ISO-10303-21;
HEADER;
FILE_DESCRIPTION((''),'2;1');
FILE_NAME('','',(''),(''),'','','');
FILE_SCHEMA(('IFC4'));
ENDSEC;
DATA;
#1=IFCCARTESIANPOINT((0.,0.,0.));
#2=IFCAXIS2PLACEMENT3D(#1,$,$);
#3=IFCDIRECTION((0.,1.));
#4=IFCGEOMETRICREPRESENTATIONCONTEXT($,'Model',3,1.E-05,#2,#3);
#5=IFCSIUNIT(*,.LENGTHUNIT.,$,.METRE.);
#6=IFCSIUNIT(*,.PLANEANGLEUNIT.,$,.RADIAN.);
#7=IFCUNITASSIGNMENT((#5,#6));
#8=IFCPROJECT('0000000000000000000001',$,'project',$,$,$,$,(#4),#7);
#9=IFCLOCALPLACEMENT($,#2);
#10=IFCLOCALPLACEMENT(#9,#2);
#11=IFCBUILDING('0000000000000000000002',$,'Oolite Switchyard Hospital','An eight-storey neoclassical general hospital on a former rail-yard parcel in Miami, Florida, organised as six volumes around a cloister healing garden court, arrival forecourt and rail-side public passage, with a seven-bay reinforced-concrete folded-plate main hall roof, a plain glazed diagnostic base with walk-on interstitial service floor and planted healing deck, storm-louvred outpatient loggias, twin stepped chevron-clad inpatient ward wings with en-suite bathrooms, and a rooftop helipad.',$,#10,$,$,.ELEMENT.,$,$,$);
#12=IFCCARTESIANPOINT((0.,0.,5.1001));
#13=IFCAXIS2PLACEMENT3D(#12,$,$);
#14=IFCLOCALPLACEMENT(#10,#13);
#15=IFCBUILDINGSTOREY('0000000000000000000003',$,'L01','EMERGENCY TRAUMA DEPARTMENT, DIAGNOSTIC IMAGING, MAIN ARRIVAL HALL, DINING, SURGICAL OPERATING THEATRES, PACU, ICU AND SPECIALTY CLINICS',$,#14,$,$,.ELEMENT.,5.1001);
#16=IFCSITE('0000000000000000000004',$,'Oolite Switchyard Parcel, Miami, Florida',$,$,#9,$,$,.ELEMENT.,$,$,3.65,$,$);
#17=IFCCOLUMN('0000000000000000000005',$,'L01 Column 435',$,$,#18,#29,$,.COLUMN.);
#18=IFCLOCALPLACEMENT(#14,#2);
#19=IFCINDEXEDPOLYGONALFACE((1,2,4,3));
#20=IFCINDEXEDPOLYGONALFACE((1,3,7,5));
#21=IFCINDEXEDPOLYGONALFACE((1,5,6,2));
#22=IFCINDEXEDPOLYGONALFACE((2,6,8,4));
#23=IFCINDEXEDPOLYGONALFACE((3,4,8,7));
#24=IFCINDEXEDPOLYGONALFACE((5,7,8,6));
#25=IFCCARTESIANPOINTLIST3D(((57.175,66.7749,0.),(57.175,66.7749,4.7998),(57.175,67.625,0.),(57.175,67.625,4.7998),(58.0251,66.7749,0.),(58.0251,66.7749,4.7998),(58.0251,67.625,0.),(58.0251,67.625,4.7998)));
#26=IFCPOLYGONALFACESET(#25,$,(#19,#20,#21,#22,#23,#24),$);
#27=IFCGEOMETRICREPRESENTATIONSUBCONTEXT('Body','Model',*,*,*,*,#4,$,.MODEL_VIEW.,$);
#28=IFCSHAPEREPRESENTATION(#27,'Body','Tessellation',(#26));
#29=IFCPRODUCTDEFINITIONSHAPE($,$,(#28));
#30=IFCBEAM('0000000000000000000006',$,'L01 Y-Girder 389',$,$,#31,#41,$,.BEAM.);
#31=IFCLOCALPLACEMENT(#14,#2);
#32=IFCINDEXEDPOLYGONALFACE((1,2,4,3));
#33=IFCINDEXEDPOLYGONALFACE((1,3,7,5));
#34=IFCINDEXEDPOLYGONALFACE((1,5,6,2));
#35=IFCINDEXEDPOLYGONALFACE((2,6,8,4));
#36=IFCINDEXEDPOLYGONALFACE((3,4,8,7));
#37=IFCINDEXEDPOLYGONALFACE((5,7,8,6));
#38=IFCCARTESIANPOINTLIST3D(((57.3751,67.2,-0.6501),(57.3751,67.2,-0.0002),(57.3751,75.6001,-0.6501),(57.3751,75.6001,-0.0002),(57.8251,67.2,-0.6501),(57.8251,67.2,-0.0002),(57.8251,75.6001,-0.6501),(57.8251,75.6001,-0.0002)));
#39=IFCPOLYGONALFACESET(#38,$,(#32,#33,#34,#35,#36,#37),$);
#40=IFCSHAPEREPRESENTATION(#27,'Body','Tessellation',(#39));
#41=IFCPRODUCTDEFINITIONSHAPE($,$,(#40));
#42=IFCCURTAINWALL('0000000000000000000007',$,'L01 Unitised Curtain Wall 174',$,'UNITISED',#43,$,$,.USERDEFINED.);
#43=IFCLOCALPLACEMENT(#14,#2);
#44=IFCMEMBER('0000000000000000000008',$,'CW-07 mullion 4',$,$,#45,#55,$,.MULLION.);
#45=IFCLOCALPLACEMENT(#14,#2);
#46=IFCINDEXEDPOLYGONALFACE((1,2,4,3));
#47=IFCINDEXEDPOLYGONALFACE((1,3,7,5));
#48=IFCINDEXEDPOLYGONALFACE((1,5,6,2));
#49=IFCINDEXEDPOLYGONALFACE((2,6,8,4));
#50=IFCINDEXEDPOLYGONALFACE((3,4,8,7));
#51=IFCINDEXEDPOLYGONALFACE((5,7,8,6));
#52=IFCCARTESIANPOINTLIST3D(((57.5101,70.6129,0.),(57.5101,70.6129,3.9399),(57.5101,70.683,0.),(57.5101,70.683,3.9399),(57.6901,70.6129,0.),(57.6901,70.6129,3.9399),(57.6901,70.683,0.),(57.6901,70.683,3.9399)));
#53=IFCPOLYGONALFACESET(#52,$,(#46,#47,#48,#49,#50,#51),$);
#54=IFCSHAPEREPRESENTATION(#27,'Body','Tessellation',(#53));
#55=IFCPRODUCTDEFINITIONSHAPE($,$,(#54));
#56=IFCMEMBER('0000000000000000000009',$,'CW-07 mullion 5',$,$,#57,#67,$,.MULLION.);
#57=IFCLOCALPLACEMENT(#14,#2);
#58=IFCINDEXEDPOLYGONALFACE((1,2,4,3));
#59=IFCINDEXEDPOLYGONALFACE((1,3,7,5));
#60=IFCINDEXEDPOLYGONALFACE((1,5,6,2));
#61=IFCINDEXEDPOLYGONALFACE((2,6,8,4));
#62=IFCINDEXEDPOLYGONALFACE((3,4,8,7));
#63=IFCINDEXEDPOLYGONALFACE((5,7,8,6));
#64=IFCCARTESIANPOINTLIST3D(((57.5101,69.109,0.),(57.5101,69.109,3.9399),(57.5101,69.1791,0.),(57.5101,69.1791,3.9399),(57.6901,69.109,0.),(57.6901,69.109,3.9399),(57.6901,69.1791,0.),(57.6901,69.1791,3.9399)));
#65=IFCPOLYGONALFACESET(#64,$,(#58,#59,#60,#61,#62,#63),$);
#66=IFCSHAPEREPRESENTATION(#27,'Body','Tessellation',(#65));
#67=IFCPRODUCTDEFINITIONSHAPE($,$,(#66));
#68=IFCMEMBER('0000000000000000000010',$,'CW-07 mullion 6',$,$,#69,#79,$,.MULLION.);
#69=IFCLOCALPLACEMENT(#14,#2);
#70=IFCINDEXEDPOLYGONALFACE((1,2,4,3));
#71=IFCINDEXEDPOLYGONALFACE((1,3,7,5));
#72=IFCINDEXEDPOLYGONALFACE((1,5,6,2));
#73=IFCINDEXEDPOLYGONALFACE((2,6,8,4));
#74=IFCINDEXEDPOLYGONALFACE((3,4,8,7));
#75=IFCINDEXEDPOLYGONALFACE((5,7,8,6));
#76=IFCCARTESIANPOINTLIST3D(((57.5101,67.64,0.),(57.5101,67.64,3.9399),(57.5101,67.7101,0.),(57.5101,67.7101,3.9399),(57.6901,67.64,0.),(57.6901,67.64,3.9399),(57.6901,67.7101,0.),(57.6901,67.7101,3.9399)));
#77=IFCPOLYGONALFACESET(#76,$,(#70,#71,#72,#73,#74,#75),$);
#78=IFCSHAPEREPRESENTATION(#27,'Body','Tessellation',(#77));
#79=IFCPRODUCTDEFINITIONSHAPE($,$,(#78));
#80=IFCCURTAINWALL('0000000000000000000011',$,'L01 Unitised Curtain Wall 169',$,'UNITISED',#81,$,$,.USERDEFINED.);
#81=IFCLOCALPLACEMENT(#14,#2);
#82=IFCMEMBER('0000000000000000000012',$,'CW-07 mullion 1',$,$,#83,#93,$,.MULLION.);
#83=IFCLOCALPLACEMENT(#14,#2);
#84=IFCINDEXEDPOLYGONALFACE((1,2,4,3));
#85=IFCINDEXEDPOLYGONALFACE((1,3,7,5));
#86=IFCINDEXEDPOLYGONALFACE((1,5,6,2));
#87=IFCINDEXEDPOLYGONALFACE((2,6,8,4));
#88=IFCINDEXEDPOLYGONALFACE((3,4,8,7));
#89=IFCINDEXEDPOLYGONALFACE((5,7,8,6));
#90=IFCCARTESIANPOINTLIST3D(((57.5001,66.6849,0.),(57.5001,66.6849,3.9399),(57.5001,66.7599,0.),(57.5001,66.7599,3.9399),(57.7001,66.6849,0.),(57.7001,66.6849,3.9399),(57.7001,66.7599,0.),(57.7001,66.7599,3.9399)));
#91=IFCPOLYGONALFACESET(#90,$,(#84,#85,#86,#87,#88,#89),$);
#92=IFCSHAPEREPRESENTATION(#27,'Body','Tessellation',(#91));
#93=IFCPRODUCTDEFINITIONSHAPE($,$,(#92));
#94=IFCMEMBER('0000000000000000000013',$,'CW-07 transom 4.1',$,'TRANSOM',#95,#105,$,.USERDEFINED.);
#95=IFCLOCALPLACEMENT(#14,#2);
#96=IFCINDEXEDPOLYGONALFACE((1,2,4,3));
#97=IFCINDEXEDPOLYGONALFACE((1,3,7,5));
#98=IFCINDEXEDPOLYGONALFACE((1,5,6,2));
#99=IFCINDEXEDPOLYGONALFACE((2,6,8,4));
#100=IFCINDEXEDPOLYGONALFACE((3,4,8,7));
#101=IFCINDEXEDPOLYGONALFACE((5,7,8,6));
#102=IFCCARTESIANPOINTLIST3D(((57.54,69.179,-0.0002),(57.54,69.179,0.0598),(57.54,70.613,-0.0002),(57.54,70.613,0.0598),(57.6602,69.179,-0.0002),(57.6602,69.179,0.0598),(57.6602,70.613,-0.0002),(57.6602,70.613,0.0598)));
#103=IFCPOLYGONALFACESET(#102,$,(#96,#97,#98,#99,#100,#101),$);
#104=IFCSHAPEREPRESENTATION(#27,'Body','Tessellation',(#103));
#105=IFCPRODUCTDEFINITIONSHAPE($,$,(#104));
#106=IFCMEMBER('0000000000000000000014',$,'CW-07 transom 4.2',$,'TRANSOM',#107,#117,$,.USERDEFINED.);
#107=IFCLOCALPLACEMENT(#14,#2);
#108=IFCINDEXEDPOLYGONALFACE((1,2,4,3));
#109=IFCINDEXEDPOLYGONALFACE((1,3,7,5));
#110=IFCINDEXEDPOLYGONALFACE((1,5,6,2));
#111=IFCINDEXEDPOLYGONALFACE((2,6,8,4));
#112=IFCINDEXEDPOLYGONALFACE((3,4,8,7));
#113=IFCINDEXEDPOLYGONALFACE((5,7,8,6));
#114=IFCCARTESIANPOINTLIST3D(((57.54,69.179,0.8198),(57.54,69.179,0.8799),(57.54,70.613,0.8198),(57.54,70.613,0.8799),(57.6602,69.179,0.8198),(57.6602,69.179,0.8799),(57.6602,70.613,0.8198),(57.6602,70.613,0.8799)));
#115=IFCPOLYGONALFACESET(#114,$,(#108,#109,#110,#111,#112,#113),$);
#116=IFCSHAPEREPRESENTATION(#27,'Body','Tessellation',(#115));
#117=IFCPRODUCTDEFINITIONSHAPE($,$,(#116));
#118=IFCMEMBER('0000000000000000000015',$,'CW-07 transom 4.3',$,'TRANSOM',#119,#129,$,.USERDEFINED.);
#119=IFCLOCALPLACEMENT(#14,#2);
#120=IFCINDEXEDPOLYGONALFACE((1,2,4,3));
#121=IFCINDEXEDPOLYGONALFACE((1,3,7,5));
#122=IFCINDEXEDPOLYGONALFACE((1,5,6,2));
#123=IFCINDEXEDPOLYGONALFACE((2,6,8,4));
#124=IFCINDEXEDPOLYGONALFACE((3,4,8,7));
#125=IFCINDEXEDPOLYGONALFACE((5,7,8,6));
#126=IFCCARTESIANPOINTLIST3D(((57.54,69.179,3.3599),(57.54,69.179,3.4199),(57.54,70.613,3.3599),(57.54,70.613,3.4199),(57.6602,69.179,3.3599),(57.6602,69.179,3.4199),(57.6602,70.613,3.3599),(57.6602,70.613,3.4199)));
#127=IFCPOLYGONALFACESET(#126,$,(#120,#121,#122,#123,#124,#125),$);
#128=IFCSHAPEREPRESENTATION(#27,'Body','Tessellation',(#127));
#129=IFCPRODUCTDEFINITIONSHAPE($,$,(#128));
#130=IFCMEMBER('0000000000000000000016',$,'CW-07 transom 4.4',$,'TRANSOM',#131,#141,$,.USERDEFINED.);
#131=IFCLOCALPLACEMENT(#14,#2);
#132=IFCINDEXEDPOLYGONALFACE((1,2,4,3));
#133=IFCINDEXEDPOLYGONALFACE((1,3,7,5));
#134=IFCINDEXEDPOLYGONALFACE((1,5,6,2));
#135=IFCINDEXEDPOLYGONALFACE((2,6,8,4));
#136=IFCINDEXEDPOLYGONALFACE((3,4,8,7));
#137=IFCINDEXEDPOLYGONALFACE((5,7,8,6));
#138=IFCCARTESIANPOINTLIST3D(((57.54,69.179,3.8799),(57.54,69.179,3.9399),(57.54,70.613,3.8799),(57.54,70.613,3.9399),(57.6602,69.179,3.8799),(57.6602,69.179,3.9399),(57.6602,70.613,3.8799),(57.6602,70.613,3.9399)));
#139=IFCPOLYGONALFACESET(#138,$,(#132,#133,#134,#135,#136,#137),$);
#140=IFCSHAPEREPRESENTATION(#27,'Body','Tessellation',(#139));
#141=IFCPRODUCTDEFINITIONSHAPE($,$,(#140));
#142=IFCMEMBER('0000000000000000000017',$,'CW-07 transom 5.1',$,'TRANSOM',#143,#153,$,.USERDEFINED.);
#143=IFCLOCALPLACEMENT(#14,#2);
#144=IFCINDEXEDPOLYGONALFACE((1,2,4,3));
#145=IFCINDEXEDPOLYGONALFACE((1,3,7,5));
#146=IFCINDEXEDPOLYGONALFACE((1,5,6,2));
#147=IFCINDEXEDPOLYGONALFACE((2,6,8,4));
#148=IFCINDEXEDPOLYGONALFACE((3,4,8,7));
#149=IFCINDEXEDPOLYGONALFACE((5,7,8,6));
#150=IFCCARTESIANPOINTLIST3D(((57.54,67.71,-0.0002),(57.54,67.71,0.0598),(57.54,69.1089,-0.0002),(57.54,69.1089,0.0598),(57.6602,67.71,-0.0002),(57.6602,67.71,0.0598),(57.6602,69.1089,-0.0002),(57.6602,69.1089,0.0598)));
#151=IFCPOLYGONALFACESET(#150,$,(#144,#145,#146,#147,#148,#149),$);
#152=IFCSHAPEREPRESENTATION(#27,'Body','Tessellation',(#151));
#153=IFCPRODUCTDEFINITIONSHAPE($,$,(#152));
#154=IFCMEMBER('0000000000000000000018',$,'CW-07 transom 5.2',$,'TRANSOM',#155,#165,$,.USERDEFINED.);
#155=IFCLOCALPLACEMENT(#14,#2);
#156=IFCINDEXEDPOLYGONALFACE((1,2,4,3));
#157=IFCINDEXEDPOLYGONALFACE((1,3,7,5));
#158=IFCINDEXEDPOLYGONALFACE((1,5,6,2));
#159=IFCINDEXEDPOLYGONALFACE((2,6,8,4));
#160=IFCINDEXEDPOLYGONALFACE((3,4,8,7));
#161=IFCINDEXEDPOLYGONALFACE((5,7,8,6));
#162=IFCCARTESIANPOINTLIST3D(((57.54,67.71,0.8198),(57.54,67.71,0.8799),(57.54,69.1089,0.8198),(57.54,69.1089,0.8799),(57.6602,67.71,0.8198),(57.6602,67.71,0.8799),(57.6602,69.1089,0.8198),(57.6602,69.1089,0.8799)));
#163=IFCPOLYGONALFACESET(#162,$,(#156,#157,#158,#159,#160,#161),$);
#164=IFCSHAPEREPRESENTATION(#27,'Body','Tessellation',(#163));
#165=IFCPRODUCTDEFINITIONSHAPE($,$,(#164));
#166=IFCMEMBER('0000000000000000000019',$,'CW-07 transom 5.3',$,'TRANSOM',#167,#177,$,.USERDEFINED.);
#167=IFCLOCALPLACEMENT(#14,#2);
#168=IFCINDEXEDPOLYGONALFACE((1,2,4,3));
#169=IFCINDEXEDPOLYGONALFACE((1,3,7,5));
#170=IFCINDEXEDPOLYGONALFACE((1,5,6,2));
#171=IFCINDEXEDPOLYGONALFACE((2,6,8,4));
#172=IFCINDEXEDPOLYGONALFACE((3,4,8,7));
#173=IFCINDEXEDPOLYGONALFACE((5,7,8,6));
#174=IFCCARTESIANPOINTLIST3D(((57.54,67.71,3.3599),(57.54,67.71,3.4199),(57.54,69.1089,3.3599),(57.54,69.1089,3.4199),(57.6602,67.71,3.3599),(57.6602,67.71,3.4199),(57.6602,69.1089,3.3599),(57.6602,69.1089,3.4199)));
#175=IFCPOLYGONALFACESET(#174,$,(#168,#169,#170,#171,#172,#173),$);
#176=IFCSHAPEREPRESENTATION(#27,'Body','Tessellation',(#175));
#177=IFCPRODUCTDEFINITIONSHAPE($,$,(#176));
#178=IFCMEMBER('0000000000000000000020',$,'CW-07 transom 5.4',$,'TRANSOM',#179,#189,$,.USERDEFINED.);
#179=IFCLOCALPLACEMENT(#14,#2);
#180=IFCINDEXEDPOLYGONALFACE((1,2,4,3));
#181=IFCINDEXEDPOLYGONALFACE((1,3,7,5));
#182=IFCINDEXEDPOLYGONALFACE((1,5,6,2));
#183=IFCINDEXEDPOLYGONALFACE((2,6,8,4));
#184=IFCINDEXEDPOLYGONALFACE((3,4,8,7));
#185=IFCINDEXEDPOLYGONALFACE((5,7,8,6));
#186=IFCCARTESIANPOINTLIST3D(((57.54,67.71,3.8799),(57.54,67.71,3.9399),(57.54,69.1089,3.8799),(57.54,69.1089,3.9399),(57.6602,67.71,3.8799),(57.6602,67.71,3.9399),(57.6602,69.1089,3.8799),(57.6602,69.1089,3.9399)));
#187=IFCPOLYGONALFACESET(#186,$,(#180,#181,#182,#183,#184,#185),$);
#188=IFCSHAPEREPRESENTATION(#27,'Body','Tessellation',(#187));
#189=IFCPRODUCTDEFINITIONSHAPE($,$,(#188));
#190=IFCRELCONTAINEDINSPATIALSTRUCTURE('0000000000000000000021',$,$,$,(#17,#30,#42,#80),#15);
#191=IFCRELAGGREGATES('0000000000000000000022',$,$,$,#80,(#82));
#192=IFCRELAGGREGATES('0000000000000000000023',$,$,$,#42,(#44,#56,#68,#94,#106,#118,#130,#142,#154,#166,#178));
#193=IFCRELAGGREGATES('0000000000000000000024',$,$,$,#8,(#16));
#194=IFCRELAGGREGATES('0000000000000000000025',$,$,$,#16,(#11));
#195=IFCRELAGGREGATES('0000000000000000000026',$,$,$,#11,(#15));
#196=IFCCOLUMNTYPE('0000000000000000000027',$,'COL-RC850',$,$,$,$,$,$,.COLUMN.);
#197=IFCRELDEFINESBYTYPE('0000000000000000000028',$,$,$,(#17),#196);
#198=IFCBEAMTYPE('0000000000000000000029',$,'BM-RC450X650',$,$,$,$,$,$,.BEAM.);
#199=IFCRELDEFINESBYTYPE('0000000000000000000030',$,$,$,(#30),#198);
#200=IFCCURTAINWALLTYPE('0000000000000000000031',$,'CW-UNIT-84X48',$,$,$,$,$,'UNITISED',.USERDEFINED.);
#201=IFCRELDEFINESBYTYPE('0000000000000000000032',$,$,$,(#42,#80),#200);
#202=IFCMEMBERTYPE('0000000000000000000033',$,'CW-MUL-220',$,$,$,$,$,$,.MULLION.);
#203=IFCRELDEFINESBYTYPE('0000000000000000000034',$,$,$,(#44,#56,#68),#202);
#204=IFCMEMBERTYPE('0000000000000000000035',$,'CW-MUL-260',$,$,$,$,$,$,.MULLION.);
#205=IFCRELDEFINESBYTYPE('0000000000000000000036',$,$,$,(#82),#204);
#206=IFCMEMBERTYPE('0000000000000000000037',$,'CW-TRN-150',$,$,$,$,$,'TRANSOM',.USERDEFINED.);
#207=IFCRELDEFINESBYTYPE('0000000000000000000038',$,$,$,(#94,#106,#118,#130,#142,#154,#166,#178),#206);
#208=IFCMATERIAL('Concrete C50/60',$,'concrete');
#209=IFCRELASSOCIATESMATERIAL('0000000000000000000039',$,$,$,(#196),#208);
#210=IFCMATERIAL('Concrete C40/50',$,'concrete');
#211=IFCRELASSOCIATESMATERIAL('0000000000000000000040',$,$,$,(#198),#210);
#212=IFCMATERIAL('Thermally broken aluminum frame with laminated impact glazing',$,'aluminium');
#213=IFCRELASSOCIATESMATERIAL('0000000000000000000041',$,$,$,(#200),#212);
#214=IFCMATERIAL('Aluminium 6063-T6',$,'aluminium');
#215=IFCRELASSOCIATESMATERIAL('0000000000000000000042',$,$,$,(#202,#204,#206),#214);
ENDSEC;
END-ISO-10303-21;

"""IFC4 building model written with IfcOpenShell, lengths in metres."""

from ifc_helpers import new_model, si_unit, direction, frame, origin, origin_2d, place, context, subcontext, project, spatial, rectangle, extrude, material, material_profile, profile_set, type_object, element, aggregate, save


model = new_model("IFC4")

# Units and contexts
model_context = context("Model", 3, precision=1e-05, world=origin(), true_north=direction((0.0, 1.0)))
body_context = subcontext(model_context, "Body", "Model", "MODEL_VIEW")
ifc_project = project(units=[si_unit("LENGTHUNIT", "METRE"), si_unit("PLANEANGLEUNIT", "RADIAN")], contexts=[model_context])

# Site, building, storey
site_placement = place(None, origin())
site = spatial("IfcSite", under=ifc_project, at=site_placement, Name="Oolite Switchyard Parcel, Miami, Florida", CompositionType="ELEMENT", RefElevation=3.65)
building_placement = place(site_placement, origin())
building = spatial("IfcBuilding", under=site, at=building_placement, Name="Oolite Switchyard Hospital", Description="An eight-storey neoclassical general hospital on a former rail-yard parcel in Miami, Florida, organised as six volumes around a cloister healing garden court, arrival forecourt and rail-side public passage, with a seven-bay reinforced-concrete folded-plate main hall roof, a plain glazed diagnostic base with walk-on interstitial service floor and planted healing deck, storm-louvred outpatient loggias, twin stepped chevron-clad inpatient ward wings with en-suite bathrooms, and a rooftop helipad.", CompositionType="ELEMENT")
storey_placement = place(building_placement, frame((0.0, 0.0, 5.1001)))
storey = spatial("IfcBuildingStorey", under=building, at=storey_placement, Name="L01", Description="EMERGENCY TRAUMA DEPARTMENT, DIAGNOSTIC IMAGING, MAIN ARRIVAL HALL, DINING, SURGICAL OPERATING THEATRES, PACU, ICU AND SPECIALTY CLINICS", CompositionType="ELEMENT", Elevation=5.1001)

# Column
ifc_material_1 = material(Name="Concrete C50/60", Category="concrete")
ifc_material_profile_1 = material_profile(ifc_material_1, rectangle(XDim=0.8501, YDim=0.8501, at=origin_2d()), Name="RC850X850")
ifc_profile_set_1 = profile_set([ifc_material_profile_1], Name="Concrete C50/60")
column_type = type_object("IfcColumnType", Name="COL-RC850", PredefinedType="COLUMN", material=ifc_profile_set_1)
column_placement = place(storey_placement, frame((57.6001, 67.2, 0.0), z_axis=(0.0, 0.0, 1.0), x_axis=(1.0, 0.0, 0.0)))
element("IfcColumn", 1, at=column_placement, inside=storey, type_object=column_type, Name="L01 Column 435", PredefinedType="COLUMN", context=body_context, shape_type="SweptSolid", body=[
    extrude(rectangle(XDim=0.8501, YDim=0.8501, at=origin_2d()), origin(), (0.0, 0.0, 1.0), 4.7998),
])

# Beam
ifc_material_2 = material(Name="Concrete C40/50", Category="concrete")
ifc_material_profile_2 = material_profile(ifc_material_2, rectangle(XDim=0.45, YDim=0.6499, at=origin_2d()), Name="RCB450X650")
ifc_profile_set_2 = profile_set([ifc_material_profile_2], Name="Concrete C40/50")
beam_type = type_object("IfcBeamType", Name="BM-RC450X650", PredefinedType="BEAM", material=ifc_profile_set_2)
beam_placement = place(storey_placement, frame((57.6001, 67.2, -0.3252), z_axis=(0.0, 1.0, 0.0), x_axis=(-1.0, 0.0, 0.0)))
element("IfcBeam", 2, at=beam_placement, inside=storey, type_object=beam_type, Name="L01 Y-Girder 389", PredefinedType="BEAM", context=body_context, shape_type="SweptSolid", body=[
    extrude(rectangle(XDim=0.45, YDim=0.6499, at=origin_2d()), origin(), (0.0, 0.0, 1.0), 8.4001),
])

# Curtain wall, members
ifc_material_3 = material(Name="Thermally broken aluminum frame with laminated impact glazing", Category="aluminium")
curtain_wall_type = type_object("IfcCurtainWallType", Name="CW-UNIT-84X48", ElementType="UNITISED", PredefinedType="USERDEFINED", material=ifc_material_3)
curtain_wall_1_placement = place(storey_placement, origin())
curtain_wall_1 = element("IfcCurtainWall", 3, at=curtain_wall_1_placement, inside=storey, type_object=curtain_wall_type, Name="L01 Unitised Curtain Wall 174", ObjectType="UNITISED", PredefinedType="USERDEFINED")
ifc_material_4 = material(Name="Aluminium 6063-T6", Category="aluminium")
ifc_material_profile_3 = material_profile(ifc_material_4, rectangle(XDim=0.1799, YDim=0.0701, at=origin_2d()), Name="CWM70X180")
ifc_profile_set_3 = profile_set([ifc_material_profile_3], Name="Aluminium 6063-T6")
member_type_1 = type_object("IfcMemberType", Name="CW-MUL-220", PredefinedType="MULLION", material=ifc_profile_set_3)
member_1_placement = place(storey_placement, frame((57.6001, 70.6479, 0.0), z_axis=(0.0, 0.0, 1.0), x_axis=(1.0, 0.0, 0.0)))
member_1 = element("IfcMember", 4, at=member_1_placement, type_object=member_type_1, Name="CW-07 mullion 4", PredefinedType="MULLION", context=body_context, shape_type="SweptSolid", body=[
    extrude(rectangle(XDim=0.1799, YDim=0.0701, at=origin_2d()), origin(), (0.0, 0.0, 1.0), 3.9399),
])
member_2_placement = place(storey_placement, frame((57.6001, 69.144, 0.0), z_axis=(0.0, 0.0, 1.0), x_axis=(1.0, 0.0, 0.0)))
member_2 = element("IfcMember", 5, at=member_2_placement, type_object=member_type_1, Name="CW-07 mullion 5", PredefinedType="MULLION", context=body_context, shape_type="SweptSolid", body=[
    extrude(rectangle(XDim=0.1799, YDim=0.0701, at=origin_2d()), origin(), (0.0, 0.0, 1.0), 3.9399),
])
member_3_placement = place(storey_placement, frame((57.6001, 67.675, 0.0), z_axis=(0.0, 0.0, 1.0), x_axis=(1.0, 0.0, 0.0)))
member_3 = element("IfcMember", 6, at=member_3_placement, type_object=member_type_1, Name="CW-07 mullion 6", PredefinedType="MULLION", context=body_context, shape_type="SweptSolid", body=[
    extrude(rectangle(XDim=0.1799, YDim=0.0701, at=origin_2d()), origin(), (0.0, 0.0, 1.0), 3.9399),
])

# Curtain wall, member
curtain_wall_2_placement = place(storey_placement, origin())
curtain_wall_2 = element("IfcCurtainWall", 7, at=curtain_wall_2_placement, inside=storey, type_object=curtain_wall_type, Name="L01 Unitised Curtain Wall 169", ObjectType="UNITISED", PredefinedType="USERDEFINED")
ifc_material_profile_4 = material_profile(ifc_material_4, rectangle(XDim=0.2, YDim=0.075, at=origin_2d()), Name="CWM75X200")
ifc_profile_set_4 = profile_set([ifc_material_profile_4], Name="Aluminium 6063-T6")
member_type_2 = type_object("IfcMemberType", Name="CW-MUL-260", PredefinedType="MULLION", material=ifc_profile_set_4)
member_4_placement = place(storey_placement, frame((57.6001, 66.7224, 0.0), z_axis=(0.0, 0.0, 1.0), x_axis=(1.0, 0.0, 0.0)))
member_4 = element("IfcMember", 8, at=member_4_placement, type_object=member_type_2, Name="CW-07 mullion 1", PredefinedType="MULLION", context=body_context, shape_type="SweptSolid", body=[
    extrude(rectangle(XDim=0.2, YDim=0.075, at=origin_2d()), origin(), (0.0, 0.0, 1.0), 3.9399),
])

# Members
ifc_material_profile_5 = material_profile(ifc_material_4, rectangle(XDim=0.1201, YDim=0.0601, at=origin_2d()), Name="CWT60X120")
ifc_profile_set_5 = profile_set([ifc_material_profile_5], Name="Aluminium 6063-T6")
member_type_3 = type_object("IfcMemberType", Name="CW-TRN-150", ElementType="TRANSOM", PredefinedType="USERDEFINED", material=ifc_profile_set_5)
member_5_placement = place(storey_placement, frame((57.6001, 70.613, 0.0298), z_axis=(0.0, -1.0, 0.0), x_axis=(1.0, 0.0, 0.0)))
member_5 = element("IfcMember", 9, at=member_5_placement, type_object=member_type_3, Name="CW-07 transom 4.1", ObjectType="TRANSOM", PredefinedType="USERDEFINED", context=body_context, shape_type="SweptSolid", body=[
    extrude(rectangle(XDim=0.1201, YDim=0.0601, at=origin_2d()), origin(), (0.0, 0.0, 1.0), 1.4341),
])
member_6_placement = place(storey_placement, frame((57.6001, 70.613, 0.8499), z_axis=(0.0, -1.0, 0.0), x_axis=(1.0, 0.0, 0.0)))
member_6 = element("IfcMember", 10, at=member_6_placement, type_object=member_type_3, Name="CW-07 transom 4.2", ObjectType="TRANSOM", PredefinedType="USERDEFINED", context=body_context, shape_type="SweptSolid", body=[
    extrude(rectangle(XDim=0.1201, YDim=0.0601, at=origin_2d()), origin(), (0.0, 0.0, 1.0), 1.4341),
])
member_7_placement = place(storey_placement, frame((57.6001, 70.613, 3.3899), z_axis=(0.0, -1.0, 0.0), x_axis=(1.0, 0.0, 0.0)))
member_7 = element("IfcMember", 11, at=member_7_placement, type_object=member_type_3, Name="CW-07 transom 4.3", ObjectType="TRANSOM", PredefinedType="USERDEFINED", context=body_context, shape_type="SweptSolid", body=[
    extrude(rectangle(XDim=0.1201, YDim=0.0601, at=origin_2d()), origin(), (0.0, 0.0, 1.0), 1.4341),
])
member_8_placement = place(storey_placement, frame((57.6001, 70.613, 3.9099), z_axis=(0.0, -1.0, 0.0), x_axis=(1.0, 0.0, 0.0)))
member_8 = element("IfcMember", 12, at=member_8_placement, type_object=member_type_3, Name="CW-07 transom 4.4", ObjectType="TRANSOM", PredefinedType="USERDEFINED", context=body_context, shape_type="SweptSolid", body=[
    extrude(rectangle(XDim=0.1201, YDim=0.0601, at=origin_2d()), origin(), (0.0, 0.0, 1.0), 1.4341),
])
member_9_placement = place(storey_placement, frame((57.6001, 69.1089, 0.0298), z_axis=(0.0, -1.0, 0.0), x_axis=(1.0, 0.0, 0.0)))
member_9 = element("IfcMember", 13, at=member_9_placement, type_object=member_type_3, Name="CW-07 transom 5.1", ObjectType="TRANSOM", PredefinedType="USERDEFINED", context=body_context, shape_type="SweptSolid", body=[
    extrude(rectangle(XDim=0.1201, YDim=0.0601, at=origin_2d()), origin(), (0.0, 0.0, 1.0), 1.3989),
])
member_10_placement = place(storey_placement, frame((57.6001, 69.1089, 0.8499), z_axis=(0.0, -1.0, 0.0), x_axis=(1.0, 0.0, 0.0)))
member_10 = element("IfcMember", 14, at=member_10_placement, type_object=member_type_3, Name="CW-07 transom 5.2", ObjectType="TRANSOM", PredefinedType="USERDEFINED", context=body_context, shape_type="SweptSolid", body=[
    extrude(rectangle(XDim=0.1201, YDim=0.0601, at=origin_2d()), origin(), (0.0, 0.0, 1.0), 1.3989),
])
member_11_placement = place(storey_placement, frame((57.6001, 69.1089, 3.3899), z_axis=(0.0, -1.0, 0.0), x_axis=(1.0, 0.0, 0.0)))
member_11 = element("IfcMember", 15, at=member_11_placement, type_object=member_type_3, Name="CW-07 transom 5.3", ObjectType="TRANSOM", PredefinedType="USERDEFINED", context=body_context, shape_type="SweptSolid", body=[
    extrude(rectangle(XDim=0.1201, YDim=0.0601, at=origin_2d()), origin(), (0.0, 0.0, 1.0), 1.3989),
])
member_12_placement = place(storey_placement, frame((57.6001, 69.1089, 3.9099), z_axis=(0.0, -1.0, 0.0), x_axis=(1.0, 0.0, 0.0)))
member_12 = element("IfcMember", 16, at=member_12_placement, type_object=member_type_3, Name="CW-07 transom 5.4", ObjectType="TRANSOM", PredefinedType="USERDEFINED", context=body_context, shape_type="SweptSolid", body=[
    extrude(rectangle(XDim=0.1201, YDim=0.0601, at=origin_2d()), origin(), (0.0, 0.0, 1.0), 1.3989),
])
aggregate(curtain_wall_2, [member_4])

aggregate(curtain_wall_1, [member_1, member_2, member_3, member_5, member_6, member_7, member_8, member_9, member_10, member_11, member_12])

save(model, "model.ifc")
